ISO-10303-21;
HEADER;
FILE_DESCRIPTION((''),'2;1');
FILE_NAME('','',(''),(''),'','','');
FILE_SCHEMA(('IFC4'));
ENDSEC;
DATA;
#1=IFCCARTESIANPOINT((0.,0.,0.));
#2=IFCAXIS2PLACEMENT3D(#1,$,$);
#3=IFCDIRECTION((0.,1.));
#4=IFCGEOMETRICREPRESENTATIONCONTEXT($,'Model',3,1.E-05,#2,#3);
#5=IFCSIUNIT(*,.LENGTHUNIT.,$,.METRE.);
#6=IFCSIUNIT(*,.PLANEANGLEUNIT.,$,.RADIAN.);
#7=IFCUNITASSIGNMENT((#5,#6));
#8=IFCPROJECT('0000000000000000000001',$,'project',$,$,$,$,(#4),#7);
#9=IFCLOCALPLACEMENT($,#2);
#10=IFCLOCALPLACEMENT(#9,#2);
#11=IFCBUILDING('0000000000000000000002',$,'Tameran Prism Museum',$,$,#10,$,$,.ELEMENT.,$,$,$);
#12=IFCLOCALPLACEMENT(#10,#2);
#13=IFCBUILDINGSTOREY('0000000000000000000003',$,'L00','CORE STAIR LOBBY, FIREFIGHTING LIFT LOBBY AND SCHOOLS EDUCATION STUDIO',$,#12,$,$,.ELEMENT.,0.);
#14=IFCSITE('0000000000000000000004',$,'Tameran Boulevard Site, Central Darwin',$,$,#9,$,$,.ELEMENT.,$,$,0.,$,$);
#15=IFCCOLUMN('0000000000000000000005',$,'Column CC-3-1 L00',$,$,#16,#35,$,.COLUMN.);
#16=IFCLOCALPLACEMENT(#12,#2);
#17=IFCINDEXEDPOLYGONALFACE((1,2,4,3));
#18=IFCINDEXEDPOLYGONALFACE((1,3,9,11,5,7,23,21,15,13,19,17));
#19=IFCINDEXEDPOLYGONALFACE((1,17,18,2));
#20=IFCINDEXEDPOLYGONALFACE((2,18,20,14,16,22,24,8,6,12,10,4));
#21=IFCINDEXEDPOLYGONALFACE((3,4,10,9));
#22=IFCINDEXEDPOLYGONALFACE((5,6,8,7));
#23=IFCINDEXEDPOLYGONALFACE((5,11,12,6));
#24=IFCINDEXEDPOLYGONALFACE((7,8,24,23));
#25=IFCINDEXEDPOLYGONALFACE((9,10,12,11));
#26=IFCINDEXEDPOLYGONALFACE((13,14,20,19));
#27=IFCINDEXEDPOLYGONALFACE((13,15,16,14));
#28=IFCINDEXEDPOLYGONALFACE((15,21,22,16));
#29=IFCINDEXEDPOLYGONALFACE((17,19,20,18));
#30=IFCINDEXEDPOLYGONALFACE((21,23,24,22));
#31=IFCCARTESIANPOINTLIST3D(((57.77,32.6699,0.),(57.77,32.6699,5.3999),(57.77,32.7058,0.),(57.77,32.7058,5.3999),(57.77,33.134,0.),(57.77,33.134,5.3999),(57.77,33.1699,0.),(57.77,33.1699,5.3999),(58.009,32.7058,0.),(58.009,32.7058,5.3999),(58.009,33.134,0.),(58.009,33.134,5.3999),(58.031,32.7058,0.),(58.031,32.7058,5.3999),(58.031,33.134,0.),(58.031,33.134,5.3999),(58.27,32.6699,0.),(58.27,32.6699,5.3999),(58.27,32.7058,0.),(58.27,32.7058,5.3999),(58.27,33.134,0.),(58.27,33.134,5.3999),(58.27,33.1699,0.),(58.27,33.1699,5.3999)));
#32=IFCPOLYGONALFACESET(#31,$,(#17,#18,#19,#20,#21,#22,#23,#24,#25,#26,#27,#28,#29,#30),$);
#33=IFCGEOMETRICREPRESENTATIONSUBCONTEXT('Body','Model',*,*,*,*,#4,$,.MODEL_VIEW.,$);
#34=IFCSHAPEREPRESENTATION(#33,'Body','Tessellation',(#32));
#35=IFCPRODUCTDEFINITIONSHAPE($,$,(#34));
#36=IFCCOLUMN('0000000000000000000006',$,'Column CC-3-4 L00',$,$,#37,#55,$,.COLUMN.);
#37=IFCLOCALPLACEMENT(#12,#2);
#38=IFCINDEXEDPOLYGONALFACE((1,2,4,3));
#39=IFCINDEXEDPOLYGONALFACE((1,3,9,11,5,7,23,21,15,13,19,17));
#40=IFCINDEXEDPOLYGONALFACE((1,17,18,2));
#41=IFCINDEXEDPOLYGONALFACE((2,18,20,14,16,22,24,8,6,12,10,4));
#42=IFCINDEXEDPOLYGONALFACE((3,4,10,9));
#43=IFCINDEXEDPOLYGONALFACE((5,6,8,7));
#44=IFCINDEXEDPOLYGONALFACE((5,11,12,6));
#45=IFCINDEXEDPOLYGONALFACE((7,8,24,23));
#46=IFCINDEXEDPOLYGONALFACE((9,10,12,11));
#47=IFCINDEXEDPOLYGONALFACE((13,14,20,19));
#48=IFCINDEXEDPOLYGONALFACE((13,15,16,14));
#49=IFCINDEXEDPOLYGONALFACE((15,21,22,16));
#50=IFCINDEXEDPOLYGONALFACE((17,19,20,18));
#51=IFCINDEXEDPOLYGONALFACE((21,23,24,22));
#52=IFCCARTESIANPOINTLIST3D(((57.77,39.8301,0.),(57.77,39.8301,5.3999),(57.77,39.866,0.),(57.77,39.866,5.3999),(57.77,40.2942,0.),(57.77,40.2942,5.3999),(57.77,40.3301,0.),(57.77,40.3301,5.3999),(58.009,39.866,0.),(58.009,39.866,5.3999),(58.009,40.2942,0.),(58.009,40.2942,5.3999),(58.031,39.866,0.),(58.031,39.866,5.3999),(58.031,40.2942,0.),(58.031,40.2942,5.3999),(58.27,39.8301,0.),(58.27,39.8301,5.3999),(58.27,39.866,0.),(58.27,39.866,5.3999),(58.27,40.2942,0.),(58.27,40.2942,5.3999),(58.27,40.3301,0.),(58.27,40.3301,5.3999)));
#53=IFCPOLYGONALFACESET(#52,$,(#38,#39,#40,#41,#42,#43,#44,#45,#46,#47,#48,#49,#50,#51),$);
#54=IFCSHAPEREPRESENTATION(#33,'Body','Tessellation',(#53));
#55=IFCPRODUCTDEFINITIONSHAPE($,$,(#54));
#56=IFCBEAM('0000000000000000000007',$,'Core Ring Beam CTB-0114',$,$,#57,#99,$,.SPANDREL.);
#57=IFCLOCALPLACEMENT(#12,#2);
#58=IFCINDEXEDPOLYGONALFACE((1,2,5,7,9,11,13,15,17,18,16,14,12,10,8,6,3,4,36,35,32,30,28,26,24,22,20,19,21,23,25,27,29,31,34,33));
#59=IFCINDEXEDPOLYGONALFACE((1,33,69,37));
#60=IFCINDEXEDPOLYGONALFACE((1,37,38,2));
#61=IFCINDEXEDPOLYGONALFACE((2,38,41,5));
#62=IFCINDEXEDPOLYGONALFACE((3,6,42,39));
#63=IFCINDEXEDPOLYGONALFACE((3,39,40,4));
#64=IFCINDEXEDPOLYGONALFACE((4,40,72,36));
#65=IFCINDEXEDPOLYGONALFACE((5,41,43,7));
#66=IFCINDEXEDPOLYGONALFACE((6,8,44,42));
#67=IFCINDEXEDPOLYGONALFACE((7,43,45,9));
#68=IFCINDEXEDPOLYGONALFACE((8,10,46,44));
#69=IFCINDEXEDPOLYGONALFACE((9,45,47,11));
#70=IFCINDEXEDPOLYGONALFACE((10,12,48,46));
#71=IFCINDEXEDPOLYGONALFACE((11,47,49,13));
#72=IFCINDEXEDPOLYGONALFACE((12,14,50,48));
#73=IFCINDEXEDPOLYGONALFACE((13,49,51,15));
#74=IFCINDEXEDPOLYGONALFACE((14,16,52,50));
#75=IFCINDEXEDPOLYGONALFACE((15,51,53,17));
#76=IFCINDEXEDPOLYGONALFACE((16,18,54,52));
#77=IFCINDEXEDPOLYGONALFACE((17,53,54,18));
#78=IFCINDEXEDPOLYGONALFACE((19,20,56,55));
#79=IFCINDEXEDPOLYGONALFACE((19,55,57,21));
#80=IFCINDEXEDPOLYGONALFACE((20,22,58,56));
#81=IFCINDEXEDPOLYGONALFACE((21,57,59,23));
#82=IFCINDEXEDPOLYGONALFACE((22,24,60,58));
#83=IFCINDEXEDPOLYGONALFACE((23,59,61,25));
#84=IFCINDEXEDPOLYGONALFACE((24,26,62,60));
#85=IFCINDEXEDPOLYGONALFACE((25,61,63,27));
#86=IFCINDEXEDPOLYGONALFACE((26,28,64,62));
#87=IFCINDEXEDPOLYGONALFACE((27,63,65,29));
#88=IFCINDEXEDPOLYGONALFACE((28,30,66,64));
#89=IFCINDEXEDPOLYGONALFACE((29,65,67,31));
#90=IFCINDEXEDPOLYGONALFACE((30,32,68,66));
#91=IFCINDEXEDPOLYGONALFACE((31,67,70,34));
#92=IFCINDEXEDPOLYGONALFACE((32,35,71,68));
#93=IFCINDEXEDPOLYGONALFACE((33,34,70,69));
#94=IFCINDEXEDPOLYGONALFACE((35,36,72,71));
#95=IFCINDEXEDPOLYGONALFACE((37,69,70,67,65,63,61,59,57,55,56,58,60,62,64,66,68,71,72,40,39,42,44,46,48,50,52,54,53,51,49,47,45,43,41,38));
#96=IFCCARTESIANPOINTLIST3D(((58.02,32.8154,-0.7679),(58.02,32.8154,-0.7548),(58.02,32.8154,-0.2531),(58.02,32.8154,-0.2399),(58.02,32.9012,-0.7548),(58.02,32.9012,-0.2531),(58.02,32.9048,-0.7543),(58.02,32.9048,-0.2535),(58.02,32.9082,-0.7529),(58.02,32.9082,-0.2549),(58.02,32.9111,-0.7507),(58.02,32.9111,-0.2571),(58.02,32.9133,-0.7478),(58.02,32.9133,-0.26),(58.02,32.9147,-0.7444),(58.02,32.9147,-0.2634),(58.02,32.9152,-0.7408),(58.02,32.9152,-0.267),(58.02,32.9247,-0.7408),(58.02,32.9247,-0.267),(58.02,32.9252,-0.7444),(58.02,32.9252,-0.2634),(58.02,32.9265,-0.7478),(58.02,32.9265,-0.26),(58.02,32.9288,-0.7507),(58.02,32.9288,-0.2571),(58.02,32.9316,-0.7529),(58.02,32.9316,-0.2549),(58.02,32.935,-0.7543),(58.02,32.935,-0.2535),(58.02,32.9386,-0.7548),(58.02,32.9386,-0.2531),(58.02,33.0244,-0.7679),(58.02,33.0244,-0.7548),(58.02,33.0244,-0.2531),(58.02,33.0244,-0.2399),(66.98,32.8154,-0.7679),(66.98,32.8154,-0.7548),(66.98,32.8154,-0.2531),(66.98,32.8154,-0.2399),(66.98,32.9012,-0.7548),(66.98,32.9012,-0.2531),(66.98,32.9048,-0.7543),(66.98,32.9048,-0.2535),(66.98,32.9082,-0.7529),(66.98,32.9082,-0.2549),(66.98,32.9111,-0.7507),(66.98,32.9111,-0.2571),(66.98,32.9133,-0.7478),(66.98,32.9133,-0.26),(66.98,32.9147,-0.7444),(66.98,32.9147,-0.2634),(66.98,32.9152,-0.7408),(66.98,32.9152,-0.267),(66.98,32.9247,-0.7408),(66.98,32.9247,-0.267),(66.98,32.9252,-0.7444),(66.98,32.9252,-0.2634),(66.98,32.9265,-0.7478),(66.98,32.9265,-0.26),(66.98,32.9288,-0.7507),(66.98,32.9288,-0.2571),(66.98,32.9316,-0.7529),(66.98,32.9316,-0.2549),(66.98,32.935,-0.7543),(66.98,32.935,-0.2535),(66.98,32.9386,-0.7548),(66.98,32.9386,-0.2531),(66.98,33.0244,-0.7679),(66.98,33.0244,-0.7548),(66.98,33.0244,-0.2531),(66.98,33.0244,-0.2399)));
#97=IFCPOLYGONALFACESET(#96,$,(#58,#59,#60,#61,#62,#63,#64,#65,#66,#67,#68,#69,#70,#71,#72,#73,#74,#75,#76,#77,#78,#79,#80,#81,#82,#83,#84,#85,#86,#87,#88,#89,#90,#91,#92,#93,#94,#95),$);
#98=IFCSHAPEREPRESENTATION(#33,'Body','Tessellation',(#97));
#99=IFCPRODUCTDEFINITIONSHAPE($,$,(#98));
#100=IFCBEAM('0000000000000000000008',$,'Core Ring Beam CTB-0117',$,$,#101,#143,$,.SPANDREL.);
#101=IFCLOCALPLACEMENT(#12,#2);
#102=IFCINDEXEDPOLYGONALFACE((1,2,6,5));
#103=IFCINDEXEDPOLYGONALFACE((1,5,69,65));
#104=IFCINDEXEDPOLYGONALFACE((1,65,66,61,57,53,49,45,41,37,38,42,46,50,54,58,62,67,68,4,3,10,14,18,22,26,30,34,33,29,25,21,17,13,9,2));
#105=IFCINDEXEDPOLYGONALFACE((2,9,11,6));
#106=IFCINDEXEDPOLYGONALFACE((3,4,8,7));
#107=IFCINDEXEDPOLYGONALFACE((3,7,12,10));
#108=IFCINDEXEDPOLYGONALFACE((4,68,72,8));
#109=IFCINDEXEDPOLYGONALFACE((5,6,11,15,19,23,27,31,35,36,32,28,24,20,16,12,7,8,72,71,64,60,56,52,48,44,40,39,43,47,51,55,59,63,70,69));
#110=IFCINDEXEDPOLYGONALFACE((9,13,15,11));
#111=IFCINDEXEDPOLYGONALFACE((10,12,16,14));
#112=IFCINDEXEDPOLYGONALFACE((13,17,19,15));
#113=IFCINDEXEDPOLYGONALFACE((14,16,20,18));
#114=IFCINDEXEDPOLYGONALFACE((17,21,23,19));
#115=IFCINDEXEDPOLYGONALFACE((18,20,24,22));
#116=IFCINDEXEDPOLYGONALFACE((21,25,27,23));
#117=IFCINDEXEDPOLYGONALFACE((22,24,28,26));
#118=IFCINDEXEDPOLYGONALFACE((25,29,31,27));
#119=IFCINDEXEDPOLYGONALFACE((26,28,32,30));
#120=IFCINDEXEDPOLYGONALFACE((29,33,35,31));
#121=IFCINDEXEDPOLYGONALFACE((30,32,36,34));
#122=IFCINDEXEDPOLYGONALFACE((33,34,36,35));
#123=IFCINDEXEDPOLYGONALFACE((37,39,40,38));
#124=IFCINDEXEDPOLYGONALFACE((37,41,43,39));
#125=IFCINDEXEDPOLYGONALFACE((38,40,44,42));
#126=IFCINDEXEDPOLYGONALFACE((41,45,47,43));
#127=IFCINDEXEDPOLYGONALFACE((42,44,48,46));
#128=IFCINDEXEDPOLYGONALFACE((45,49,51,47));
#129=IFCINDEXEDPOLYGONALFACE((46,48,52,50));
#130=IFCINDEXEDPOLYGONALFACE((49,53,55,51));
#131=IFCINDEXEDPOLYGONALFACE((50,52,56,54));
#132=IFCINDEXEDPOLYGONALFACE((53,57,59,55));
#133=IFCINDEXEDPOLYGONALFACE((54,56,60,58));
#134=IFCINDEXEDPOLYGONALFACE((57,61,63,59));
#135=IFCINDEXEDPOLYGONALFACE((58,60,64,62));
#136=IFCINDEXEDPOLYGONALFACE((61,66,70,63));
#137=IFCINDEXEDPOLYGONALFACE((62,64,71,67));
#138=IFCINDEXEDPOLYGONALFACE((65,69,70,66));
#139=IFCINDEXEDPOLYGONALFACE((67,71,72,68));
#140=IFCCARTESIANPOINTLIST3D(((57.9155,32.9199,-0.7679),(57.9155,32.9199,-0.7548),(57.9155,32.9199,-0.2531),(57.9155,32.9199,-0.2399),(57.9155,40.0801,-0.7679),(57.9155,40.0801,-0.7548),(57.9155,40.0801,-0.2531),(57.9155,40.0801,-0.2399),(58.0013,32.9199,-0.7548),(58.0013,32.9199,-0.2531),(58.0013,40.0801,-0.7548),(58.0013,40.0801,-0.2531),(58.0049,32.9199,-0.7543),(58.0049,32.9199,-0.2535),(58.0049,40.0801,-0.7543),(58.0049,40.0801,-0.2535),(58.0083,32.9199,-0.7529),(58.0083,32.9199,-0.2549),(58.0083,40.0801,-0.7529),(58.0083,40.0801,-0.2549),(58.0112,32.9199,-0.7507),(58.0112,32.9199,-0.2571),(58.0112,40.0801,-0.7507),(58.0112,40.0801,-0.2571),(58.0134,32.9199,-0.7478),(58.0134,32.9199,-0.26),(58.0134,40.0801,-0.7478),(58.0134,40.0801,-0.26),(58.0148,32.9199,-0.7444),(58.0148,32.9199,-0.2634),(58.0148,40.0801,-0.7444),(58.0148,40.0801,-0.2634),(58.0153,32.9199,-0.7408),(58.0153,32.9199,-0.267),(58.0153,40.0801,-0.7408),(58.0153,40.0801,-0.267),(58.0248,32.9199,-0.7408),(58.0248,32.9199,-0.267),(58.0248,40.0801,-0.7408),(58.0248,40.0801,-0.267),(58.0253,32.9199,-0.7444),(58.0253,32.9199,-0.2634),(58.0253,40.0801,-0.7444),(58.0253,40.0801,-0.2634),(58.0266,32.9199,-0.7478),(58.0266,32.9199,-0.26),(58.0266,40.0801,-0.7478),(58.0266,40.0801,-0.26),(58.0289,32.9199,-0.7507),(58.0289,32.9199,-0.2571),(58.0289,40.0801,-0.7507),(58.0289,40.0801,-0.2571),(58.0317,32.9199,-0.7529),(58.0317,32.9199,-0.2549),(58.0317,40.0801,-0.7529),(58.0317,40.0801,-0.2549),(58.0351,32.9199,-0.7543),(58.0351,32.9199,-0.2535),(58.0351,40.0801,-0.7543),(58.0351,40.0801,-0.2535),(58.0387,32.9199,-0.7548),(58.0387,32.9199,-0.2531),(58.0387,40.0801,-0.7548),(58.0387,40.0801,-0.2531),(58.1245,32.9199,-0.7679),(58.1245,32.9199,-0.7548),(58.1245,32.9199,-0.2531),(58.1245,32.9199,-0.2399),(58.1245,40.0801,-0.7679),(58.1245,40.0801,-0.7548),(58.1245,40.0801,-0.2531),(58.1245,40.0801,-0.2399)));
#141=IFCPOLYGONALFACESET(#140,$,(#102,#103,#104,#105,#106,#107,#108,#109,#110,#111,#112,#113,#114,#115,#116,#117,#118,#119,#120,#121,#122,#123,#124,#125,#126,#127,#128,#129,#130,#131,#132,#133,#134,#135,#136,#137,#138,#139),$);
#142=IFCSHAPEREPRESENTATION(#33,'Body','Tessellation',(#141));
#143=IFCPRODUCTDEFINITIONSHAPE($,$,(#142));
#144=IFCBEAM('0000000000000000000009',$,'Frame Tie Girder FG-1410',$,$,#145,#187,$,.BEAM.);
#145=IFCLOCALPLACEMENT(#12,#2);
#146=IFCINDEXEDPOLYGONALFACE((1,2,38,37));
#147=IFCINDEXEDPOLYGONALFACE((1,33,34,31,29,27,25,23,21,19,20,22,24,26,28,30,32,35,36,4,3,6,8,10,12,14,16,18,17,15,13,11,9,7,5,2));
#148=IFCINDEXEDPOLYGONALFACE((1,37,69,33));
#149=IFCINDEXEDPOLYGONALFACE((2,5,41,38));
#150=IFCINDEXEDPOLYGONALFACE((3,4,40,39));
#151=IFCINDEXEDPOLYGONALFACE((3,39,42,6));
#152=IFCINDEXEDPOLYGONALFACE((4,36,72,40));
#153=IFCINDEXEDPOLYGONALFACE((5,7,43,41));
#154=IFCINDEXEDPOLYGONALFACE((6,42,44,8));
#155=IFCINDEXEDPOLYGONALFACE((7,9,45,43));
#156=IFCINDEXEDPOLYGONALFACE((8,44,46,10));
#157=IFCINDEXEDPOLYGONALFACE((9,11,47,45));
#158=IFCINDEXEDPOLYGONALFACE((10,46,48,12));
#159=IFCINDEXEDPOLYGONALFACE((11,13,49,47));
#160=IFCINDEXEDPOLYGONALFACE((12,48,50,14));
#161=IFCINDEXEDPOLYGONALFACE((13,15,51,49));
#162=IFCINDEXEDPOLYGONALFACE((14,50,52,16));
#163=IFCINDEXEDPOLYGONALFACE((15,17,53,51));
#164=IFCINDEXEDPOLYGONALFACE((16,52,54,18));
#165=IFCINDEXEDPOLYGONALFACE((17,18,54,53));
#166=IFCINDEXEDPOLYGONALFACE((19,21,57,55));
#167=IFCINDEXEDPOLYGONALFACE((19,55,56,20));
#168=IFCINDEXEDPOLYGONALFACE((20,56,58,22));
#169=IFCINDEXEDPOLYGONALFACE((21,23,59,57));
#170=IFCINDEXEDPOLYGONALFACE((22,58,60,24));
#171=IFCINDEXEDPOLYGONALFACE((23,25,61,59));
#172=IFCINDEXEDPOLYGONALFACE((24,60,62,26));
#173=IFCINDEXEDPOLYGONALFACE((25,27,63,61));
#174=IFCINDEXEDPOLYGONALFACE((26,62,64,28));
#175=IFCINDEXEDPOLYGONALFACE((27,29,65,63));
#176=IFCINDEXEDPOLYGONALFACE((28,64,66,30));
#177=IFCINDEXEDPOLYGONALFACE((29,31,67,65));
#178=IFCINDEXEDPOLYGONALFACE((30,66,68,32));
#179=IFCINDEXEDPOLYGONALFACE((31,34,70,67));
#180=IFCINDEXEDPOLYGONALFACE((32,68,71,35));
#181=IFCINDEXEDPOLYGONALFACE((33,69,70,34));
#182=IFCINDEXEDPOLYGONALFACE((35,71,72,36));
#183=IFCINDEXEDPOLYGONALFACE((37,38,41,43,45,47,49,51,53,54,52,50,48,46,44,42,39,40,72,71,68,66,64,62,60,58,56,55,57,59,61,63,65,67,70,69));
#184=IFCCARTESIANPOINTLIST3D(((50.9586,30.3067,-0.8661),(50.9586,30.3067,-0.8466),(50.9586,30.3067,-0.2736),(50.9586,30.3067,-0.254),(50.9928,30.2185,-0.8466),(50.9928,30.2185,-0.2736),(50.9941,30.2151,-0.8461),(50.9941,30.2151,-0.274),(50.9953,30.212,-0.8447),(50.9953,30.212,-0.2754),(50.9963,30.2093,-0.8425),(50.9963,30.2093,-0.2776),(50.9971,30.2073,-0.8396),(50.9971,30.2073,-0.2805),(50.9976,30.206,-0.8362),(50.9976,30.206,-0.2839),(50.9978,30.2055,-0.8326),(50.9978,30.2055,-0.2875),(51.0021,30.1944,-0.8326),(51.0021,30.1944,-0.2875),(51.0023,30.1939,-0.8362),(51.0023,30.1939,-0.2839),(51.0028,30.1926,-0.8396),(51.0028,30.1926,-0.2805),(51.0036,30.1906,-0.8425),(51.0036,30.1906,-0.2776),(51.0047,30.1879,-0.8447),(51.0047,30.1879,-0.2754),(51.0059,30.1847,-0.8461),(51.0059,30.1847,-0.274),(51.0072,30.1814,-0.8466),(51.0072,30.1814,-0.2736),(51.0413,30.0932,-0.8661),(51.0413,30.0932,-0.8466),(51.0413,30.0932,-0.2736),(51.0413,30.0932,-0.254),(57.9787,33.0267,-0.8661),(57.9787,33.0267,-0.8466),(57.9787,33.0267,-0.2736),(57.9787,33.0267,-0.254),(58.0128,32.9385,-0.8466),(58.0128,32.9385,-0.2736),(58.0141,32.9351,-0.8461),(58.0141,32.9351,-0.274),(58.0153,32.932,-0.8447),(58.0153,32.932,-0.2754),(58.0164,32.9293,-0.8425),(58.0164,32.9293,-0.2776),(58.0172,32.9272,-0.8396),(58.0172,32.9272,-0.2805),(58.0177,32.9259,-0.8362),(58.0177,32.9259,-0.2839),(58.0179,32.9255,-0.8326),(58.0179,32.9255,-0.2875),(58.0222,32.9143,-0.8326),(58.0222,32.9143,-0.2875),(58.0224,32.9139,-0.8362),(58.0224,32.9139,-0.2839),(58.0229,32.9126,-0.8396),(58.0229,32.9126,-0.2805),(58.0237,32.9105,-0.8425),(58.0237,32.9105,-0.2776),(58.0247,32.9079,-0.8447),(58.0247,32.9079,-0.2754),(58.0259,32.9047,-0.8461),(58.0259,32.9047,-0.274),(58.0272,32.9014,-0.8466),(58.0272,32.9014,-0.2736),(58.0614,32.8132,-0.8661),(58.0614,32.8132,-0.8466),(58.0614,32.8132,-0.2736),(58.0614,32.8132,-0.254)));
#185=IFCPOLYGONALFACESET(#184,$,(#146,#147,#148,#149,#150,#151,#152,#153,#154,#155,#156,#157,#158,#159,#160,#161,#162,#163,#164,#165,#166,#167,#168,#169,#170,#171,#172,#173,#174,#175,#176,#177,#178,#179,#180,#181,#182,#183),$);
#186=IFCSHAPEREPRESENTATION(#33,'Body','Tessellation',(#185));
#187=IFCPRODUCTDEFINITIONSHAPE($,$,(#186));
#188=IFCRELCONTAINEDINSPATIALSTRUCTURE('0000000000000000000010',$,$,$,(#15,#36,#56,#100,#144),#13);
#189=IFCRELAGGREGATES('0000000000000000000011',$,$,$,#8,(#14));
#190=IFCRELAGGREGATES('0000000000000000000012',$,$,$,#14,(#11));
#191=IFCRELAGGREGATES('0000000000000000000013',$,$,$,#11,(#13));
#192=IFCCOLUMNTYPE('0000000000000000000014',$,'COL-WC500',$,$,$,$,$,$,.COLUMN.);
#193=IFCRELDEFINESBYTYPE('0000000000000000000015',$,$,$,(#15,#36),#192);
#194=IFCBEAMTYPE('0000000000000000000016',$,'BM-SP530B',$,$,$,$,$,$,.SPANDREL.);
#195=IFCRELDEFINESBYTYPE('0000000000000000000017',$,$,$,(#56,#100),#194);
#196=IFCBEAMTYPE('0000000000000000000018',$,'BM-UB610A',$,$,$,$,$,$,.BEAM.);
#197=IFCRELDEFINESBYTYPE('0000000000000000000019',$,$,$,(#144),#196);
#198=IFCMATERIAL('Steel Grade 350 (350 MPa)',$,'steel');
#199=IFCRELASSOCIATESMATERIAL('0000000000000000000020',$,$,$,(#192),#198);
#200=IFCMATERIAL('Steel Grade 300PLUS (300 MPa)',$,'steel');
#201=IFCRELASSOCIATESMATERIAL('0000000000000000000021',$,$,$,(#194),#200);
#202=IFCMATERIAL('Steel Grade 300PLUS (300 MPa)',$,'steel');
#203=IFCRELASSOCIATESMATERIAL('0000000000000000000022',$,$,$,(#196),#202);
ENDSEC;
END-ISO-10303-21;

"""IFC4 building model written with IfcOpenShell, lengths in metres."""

from ifc_helpers import new_model, si_unit, direction, frame, origin, origin_2d, place, context, subcontext, project, spatial, i_section, extrude, material, material_profile, profile_set, type_object, element, save


model = new_model("IFC4")

# Units and contexts
model_context = context("Model", 3, precision=1e-05, world=origin(), true_north=direction((0.0, 1.0)))
body_context = subcontext(model_context, "Body", "Model", "MODEL_VIEW")
ifc_project = project(units=[si_unit("LENGTHUNIT", "METRE"), si_unit("PLANEANGLEUNIT", "RADIAN")], contexts=[model_context])

# Site, building, storey
site_placement = place(None, origin())
site = spatial("IfcSite", under=ifc_project, at=site_placement, Name="Tameran Boulevard Site, Central Darwin", CompositionType="ELEMENT", RefElevation=0.0)
building_placement = place(site_placement, origin())
building = spatial("IfcBuilding", under=site, at=building_placement, Name="Tameran Prism Museum", CompositionType="ELEMENT")
storey_placement = place(building_placement, origin())
storey = spatial("IfcBuildingStorey", under=building, at=storey_placement, Name="L00", Description="CORE STAIR LOBBY, FIREFIGHTING LIFT LOBBY AND SCHOOLS EDUCATION STUDIO", CompositionType="ELEMENT", Elevation=0.0)

# Columns
ifc_material_1 = material(Name="Steel Grade 350 (350 MPa)", Category="steel")
ifc_material_profile_1 = material_profile(ifc_material_1, i_section(OverallWidth=0.5, OverallDepth=0.5, WebThickness=0.022, FlangeThickness=0.0359, at=origin_2d()))
ifc_profile_set_1 = profile_set([ifc_material_profile_1])
column_type = type_object("IfcColumnType", Name="COL-WC500", PredefinedType="COLUMN", material=ifc_profile_set_1)
for number, where, z_axis, x_axis, name in (
    (1, (58.02, 32.9199, 0.0), (0.0, 0.0, 1.0), (1.0, 0.0, 0.0), "Column CC-3-1 L00"),
    (2, (58.02, 40.0801, 0.0), (0.0, 0.0, 1.0), (1.0, 0.0, 0.0), "Column CC-3-4 L00"),
):
    element("IfcColumn", number, at=place(storey_placement, frame(where, z_axis=z_axis, x_axis=x_axis)), inside=storey, type_object=column_type, Name=name, PredefinedType="COLUMN", context=body_context, shape_type="SweptSolid", body=[
        extrude(i_section(OverallWidth=0.5, OverallDepth=0.5, WebThickness=0.022, FlangeThickness=0.0359, at=origin_2d()), origin(), (0.0, 0.0, 1.0), 5.3999),
    ])

# Beams
ifc_material_2 = material(Name="Steel Grade 300PLUS (300 MPa)", Category="steel")
ifc_material_profile_2 = material_profile(ifc_material_2, i_section(OverallWidth=0.209, OverallDepth=0.5281, WebThickness=0.0095, FlangeThickness=0.0132, FilletRadius=0.0139, at=origin_2d()))
ifc_profile_set_2 = profile_set([ifc_material_profile_2])
beam_type_1 = type_object("IfcBeamType", Name="BM-SP530B", PredefinedType="SPANDREL", material=ifc_profile_set_2)
beam_1_placement = place(storey_placement, frame((58.02, 32.9199, -0.5039), z_axis=(1.0, 0.0, 0.0), x_axis=(0.0, 1.0, 0.0)))
element("IfcBeam", 3, at=beam_1_placement, inside=storey, type_object=beam_type_1, Name="Core Ring Beam CTB-0114", PredefinedType="SPANDREL", context=body_context, shape_type="SweptSolid", body=[
    extrude(i_section(OverallWidth=0.209, OverallDepth=0.5281, WebThickness=0.0095, FlangeThickness=0.0132, FilletRadius=0.0139, at=origin_2d()), origin(), (0.0, 0.0, 1.0), 8.96),
])
beam_2_placement = place(storey_placement, frame((58.02, 40.0801, -0.5039), z_axis=(0.0, -1.0, 0.0), x_axis=(1.0, 0.0, 0.0)))
element("IfcBeam", 4, at=beam_2_placement, inside=storey, type_object=beam_type_1, Name="Core Ring Beam CTB-0117", PredefinedType="SPANDREL", context=body_context, shape_type="SweptSolid", body=[
    extrude(i_section(OverallWidth=0.209, OverallDepth=0.5281, WebThickness=0.0095, FlangeThickness=0.0132, FilletRadius=0.0139, at=origin_2d()), origin(), (0.0, 0.0, 1.0), 7.1602),
])
ifc_material_3 = material(Name="Steel Grade 300PLUS (300 MPa)", Category="steel")
ifc_material_profile_3 = material_profile(ifc_material_3, i_section(OverallWidth=0.229, OverallDepth=0.6121, WebThickness=0.012, FlangeThickness=0.0195, FilletRadius=0.0139, at=origin_2d()))
ifc_profile_set_3 = profile_set([ifc_material_profile_3])
beam_type_2 = type_object("IfcBeamType", Name="BM-UB610A", PredefinedType="BEAM", material=ifc_profile_set_3)
beam_3_placement = place(storey_placement, frame((58.02, 32.9199, -0.5601), z_axis=(-0.932454, -0.361288, 0.0), x_axis=(0.361288, -0.932454, 0.0)))
element("IfcBeam", 5, at=beam_3_placement, inside=storey, type_object=beam_type_2, Name="Frame Tie Girder FG-1410", PredefinedType="BEAM", context=body_context, shape_type="SweptSolid", body=[
    extrude(i_section(OverallWidth=0.229, OverallDepth=0.6121, WebThickness=0.012, FlangeThickness=0.0195, FilletRadius=0.0139, at=origin_2d()), origin(), (0.0, 0.0, 1.0), 7.5286),
])

save(model, "model.ifc")
